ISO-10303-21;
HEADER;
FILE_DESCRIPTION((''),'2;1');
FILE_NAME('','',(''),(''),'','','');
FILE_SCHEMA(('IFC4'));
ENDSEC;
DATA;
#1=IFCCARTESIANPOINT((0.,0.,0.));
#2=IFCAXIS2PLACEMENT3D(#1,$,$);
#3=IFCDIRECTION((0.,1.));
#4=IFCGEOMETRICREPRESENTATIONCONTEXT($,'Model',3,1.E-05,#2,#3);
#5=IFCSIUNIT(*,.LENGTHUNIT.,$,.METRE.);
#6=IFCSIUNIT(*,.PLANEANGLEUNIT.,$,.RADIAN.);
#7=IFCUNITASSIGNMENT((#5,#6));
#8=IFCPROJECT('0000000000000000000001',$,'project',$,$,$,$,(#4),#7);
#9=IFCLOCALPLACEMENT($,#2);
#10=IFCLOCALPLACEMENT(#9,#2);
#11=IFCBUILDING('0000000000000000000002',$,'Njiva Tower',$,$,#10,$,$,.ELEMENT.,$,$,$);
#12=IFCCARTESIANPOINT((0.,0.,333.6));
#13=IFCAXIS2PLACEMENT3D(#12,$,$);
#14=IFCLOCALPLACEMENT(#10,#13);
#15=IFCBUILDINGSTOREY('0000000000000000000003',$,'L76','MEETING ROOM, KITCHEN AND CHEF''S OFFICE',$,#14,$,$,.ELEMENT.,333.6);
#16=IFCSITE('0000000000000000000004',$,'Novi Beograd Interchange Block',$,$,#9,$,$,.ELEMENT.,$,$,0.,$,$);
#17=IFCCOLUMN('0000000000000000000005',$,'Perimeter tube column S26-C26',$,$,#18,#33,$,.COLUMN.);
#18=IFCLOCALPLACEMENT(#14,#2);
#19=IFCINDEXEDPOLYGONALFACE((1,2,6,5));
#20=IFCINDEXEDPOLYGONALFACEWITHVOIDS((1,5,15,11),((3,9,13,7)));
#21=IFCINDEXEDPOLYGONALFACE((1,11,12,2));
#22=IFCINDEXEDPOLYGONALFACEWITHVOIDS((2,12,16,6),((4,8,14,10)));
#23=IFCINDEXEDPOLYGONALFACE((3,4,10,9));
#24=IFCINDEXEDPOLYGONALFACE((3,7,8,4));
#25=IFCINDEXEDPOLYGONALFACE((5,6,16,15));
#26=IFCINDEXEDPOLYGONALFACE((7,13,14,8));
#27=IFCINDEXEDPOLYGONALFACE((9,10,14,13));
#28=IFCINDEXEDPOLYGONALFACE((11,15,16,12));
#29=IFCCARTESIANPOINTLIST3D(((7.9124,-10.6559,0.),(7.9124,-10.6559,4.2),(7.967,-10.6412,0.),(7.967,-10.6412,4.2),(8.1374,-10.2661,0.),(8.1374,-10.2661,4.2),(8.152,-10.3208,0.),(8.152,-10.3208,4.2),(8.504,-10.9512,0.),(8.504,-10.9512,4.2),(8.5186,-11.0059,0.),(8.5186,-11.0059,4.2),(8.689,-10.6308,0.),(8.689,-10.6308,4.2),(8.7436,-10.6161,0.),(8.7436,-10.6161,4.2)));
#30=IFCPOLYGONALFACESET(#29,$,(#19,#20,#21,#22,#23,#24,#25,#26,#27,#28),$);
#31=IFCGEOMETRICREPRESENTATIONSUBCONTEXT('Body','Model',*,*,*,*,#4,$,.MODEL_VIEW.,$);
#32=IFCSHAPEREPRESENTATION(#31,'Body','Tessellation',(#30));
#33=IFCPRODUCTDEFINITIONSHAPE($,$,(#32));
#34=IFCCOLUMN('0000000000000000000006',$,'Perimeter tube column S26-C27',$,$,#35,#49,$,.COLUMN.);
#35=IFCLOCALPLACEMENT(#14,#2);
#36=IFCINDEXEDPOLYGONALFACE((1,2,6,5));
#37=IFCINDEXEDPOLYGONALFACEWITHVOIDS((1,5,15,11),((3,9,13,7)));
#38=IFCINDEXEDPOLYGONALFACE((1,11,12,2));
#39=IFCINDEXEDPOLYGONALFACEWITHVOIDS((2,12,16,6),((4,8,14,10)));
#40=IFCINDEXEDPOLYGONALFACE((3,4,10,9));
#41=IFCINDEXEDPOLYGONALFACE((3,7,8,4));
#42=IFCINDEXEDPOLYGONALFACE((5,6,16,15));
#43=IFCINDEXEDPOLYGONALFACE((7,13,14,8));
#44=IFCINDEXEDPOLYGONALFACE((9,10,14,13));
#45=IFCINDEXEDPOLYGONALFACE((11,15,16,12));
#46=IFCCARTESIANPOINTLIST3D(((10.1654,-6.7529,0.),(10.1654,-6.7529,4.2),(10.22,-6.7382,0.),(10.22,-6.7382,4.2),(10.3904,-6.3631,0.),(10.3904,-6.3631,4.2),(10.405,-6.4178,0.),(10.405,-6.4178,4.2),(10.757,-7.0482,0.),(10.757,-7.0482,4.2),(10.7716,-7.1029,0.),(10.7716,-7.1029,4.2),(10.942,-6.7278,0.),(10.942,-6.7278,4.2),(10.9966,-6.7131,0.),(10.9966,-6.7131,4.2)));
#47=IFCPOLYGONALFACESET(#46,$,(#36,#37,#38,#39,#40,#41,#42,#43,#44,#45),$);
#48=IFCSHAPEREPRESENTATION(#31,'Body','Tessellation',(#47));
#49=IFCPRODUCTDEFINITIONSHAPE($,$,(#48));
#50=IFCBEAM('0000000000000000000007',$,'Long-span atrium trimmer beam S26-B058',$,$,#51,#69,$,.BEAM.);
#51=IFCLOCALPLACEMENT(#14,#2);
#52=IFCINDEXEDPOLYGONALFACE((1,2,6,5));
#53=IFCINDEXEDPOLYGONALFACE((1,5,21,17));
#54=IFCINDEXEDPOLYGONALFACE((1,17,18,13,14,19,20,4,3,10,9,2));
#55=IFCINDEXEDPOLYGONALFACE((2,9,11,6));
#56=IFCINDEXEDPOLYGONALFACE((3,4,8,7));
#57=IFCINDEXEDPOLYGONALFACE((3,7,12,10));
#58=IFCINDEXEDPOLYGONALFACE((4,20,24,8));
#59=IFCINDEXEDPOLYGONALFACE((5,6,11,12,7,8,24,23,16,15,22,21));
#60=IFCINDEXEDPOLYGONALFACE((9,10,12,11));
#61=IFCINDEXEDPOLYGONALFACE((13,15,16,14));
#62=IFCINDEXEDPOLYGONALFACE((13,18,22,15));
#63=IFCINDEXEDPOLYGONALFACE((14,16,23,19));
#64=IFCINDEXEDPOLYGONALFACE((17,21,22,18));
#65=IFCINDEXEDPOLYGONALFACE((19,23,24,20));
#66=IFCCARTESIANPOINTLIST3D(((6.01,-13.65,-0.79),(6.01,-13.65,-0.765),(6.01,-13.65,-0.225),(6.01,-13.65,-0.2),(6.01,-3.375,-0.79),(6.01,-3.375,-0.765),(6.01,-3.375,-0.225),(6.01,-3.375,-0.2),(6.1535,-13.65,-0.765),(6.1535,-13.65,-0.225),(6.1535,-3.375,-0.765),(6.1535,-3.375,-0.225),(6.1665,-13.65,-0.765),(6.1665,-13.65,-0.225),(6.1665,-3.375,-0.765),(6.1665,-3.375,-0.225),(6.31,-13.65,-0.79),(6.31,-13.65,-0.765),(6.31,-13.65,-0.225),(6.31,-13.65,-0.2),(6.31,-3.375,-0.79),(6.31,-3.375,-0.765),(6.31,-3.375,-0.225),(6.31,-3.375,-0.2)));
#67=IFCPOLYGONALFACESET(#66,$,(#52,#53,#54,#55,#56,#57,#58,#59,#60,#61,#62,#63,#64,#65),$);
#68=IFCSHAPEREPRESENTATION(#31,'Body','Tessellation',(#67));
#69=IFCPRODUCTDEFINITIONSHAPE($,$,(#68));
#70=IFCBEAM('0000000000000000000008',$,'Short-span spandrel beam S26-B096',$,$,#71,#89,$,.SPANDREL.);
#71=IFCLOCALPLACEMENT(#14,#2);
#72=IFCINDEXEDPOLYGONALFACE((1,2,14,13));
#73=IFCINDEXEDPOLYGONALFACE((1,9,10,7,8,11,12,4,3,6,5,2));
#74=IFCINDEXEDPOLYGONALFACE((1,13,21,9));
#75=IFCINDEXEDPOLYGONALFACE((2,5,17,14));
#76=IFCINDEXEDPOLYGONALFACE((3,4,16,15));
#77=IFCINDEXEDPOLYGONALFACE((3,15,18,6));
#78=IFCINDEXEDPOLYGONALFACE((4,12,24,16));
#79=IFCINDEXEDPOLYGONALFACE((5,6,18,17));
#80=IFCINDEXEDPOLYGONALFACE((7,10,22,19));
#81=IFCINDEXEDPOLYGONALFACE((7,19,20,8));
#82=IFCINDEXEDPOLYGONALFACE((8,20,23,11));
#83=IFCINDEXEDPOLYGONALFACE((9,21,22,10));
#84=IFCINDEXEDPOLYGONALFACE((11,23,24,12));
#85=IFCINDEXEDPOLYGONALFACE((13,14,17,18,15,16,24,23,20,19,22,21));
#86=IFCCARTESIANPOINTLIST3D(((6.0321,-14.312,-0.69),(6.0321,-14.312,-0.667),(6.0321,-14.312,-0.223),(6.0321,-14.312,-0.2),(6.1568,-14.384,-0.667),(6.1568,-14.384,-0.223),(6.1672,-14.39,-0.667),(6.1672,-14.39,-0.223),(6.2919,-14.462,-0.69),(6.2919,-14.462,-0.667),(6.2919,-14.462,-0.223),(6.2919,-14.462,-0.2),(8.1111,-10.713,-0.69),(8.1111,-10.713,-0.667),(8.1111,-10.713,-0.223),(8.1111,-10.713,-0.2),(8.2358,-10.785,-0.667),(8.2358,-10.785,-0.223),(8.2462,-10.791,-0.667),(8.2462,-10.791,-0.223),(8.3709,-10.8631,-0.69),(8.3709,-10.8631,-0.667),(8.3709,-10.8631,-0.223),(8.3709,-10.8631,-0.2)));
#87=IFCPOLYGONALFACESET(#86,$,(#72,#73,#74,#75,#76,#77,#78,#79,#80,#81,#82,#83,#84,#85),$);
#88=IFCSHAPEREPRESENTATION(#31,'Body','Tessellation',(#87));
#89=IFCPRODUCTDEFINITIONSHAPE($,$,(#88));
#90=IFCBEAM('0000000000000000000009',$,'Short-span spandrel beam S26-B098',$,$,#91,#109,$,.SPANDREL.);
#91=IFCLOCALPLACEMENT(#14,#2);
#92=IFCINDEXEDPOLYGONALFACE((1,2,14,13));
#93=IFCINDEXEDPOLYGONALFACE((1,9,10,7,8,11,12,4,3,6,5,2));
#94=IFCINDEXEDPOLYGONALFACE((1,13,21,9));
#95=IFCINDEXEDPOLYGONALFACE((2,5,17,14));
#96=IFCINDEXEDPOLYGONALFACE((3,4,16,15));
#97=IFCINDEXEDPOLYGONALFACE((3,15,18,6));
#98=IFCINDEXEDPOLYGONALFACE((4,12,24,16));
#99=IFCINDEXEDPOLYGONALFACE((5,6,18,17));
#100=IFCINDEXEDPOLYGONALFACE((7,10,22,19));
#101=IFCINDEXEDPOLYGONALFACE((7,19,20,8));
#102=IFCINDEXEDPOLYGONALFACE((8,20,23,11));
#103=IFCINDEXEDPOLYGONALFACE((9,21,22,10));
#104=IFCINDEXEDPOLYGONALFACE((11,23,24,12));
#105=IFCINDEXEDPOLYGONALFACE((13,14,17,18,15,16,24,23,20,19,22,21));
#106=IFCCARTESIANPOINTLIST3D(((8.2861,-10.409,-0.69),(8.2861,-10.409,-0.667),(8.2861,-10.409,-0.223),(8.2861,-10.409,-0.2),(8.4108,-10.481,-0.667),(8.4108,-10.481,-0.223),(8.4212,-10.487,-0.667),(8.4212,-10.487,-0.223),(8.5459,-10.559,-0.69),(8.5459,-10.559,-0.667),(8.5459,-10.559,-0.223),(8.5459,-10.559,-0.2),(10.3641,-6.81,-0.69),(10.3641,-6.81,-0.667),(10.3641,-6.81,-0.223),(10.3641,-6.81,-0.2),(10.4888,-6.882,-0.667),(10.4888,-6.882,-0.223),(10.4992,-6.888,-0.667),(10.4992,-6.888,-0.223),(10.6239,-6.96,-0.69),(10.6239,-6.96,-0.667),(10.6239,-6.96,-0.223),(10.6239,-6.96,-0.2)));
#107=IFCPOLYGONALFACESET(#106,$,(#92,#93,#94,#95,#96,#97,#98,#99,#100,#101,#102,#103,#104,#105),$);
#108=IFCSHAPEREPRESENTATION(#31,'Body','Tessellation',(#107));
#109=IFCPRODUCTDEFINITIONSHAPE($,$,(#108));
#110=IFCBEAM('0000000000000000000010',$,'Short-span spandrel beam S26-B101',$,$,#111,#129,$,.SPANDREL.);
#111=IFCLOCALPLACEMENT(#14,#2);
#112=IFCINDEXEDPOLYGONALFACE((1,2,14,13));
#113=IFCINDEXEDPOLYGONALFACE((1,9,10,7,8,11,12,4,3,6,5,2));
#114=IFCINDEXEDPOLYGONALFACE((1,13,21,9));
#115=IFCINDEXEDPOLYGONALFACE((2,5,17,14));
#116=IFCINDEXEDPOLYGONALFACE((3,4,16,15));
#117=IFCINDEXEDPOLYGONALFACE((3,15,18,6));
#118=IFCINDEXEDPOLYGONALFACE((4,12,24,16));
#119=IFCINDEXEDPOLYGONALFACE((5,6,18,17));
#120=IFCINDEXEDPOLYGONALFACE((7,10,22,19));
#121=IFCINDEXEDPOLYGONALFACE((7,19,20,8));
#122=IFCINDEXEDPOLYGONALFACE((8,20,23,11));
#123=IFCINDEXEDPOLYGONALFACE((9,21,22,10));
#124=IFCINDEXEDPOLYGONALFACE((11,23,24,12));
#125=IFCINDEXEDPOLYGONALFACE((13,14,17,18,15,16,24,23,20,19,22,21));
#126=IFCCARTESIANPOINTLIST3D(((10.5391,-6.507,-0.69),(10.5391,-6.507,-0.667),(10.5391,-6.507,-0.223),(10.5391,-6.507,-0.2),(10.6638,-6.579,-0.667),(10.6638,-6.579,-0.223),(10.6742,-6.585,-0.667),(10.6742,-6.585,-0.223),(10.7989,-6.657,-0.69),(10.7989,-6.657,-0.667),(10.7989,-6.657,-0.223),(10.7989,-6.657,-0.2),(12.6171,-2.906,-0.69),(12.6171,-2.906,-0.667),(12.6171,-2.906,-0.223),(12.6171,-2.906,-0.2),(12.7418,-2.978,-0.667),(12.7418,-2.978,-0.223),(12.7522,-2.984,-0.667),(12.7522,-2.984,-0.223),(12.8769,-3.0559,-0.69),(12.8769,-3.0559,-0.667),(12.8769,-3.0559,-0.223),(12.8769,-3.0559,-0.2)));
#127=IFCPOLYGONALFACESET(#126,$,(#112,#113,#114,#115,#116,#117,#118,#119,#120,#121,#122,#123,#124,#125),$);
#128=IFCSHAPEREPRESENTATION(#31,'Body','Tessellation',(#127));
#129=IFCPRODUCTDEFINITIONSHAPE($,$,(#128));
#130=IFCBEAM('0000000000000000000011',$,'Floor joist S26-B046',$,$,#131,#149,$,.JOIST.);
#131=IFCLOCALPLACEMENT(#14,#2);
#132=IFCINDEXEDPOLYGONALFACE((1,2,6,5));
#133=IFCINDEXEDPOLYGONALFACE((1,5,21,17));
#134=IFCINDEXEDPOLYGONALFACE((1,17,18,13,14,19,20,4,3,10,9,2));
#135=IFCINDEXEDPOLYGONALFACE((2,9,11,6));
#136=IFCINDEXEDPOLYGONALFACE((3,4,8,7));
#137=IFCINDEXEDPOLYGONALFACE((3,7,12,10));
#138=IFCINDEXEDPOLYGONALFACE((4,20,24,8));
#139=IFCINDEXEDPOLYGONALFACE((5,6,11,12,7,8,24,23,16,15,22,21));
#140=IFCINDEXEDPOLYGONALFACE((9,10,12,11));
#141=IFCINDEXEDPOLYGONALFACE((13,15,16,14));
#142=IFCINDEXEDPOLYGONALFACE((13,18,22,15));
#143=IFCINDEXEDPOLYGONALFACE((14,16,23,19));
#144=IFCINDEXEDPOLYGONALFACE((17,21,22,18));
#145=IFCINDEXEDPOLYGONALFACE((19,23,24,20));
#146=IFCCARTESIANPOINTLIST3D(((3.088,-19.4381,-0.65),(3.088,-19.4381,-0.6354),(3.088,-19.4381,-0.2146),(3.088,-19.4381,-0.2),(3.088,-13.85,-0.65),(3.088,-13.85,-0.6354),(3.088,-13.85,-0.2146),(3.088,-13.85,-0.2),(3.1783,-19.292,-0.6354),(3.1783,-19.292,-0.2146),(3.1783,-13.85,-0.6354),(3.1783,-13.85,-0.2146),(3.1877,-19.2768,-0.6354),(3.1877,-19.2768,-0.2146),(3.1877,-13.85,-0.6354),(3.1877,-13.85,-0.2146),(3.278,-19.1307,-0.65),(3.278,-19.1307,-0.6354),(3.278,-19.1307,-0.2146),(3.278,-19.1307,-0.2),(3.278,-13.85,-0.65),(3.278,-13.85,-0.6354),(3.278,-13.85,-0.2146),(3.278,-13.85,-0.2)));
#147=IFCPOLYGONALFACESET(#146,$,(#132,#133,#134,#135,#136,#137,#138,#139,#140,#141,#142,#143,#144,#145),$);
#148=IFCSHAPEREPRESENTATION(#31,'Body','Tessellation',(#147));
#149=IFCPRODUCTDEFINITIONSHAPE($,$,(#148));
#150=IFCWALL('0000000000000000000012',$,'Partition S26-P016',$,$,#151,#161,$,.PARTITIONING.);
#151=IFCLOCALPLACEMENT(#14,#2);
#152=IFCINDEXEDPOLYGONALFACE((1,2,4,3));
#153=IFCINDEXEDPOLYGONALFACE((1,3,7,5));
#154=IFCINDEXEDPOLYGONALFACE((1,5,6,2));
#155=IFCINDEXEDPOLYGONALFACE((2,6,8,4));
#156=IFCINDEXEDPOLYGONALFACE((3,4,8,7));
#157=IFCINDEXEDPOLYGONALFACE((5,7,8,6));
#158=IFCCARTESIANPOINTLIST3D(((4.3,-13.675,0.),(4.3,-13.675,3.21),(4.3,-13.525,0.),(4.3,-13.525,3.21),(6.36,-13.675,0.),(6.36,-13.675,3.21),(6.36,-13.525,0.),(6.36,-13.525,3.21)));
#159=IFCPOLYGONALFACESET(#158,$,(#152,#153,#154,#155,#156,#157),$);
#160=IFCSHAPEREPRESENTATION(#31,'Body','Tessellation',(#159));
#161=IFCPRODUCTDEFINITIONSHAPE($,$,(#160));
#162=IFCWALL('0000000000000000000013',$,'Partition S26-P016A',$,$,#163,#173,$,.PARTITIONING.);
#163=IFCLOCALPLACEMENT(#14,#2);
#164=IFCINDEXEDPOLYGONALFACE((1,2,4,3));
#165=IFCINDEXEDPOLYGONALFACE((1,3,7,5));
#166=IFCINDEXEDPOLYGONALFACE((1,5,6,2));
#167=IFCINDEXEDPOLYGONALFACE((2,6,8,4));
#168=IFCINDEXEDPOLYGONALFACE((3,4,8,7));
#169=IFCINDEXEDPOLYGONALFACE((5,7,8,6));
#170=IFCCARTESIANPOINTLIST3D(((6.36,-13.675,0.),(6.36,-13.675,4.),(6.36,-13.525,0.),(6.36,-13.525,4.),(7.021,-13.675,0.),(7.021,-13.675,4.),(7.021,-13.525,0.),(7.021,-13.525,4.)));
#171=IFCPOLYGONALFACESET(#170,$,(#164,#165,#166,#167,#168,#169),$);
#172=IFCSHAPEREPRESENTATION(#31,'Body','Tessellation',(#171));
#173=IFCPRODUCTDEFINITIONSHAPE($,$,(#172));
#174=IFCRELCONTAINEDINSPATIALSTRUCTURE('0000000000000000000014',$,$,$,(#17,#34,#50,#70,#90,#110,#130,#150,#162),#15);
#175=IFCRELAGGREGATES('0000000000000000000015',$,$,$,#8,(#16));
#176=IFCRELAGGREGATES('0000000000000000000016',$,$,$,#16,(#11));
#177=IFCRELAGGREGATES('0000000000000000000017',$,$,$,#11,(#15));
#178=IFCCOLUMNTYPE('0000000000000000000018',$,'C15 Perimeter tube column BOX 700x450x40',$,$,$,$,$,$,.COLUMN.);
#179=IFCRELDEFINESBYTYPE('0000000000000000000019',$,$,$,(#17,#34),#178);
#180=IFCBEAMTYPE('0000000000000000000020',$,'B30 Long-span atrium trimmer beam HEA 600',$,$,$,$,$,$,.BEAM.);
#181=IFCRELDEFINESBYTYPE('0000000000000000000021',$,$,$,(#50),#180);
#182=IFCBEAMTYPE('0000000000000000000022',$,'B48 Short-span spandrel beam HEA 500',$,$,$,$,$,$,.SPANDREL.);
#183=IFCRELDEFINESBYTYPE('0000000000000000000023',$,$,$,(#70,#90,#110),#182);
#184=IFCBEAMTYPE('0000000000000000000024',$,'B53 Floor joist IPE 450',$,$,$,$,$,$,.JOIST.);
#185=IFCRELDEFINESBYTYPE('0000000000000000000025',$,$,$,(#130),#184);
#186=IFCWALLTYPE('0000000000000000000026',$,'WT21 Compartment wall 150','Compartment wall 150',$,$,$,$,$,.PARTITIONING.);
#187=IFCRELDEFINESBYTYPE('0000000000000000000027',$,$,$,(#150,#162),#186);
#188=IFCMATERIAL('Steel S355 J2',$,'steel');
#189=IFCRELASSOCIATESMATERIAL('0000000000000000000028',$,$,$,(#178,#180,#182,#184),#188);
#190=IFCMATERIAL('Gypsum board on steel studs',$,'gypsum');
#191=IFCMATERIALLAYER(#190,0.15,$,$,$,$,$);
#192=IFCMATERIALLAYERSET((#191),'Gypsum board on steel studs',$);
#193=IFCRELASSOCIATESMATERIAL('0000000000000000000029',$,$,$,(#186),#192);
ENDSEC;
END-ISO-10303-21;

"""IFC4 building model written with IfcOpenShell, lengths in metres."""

from ifc_helpers import new_model, si_unit, direction, frame, frame_2d, origin, origin_2d, place, context, subcontext, project, spatial, rectangle, hollow_rectangle, i_section, extrude, clip, halfspace, material, layer, layer_set, material_profile, profile_set, type_object, element, save


model = new_model("IFC4")

# Units and contexts
model_context = context("Model", 3, precision=1e-05, world=origin(), true_north=direction((0.0, 1.0)))
body_context = subcontext(model_context, "Body", "Model", "MODEL_VIEW")
ifc_project = project(units=[si_unit("LENGTHUNIT", "METRE"), si_unit("PLANEANGLEUNIT", "RADIAN")], contexts=[model_context])

# Site, building, storey
site_placement = place(None, origin())
site = spatial("IfcSite", under=ifc_project, at=site_placement, Name="Novi Beograd Interchange Block", CompositionType="ELEMENT", RefElevation=0.0)
building_placement = place(site_placement, origin())
building = spatial("IfcBuilding", under=site, at=building_placement, Name="Njiva Tower", CompositionType="ELEMENT")
storey_placement = place(building_placement, frame((0.0, 0.0, 333.6)))
storey = spatial("IfcBuildingStorey", under=building, at=storey_placement, Name="L76", Description="MEETING ROOM, KITCHEN AND CHEF'S OFFICE", CompositionType="ELEMENT", Elevation=333.6)

# Columns
ifc_material_1 = material(Name="Steel S355 J2", Category="steel")
ifc_material_profile_1 = material_profile(ifc_material_1, hollow_rectangle(XDim=0.45, YDim=0.7, WallThickness=0.04, at=origin_2d()), Name="BOX 700x450x40")
ifc_profile_set_1 = profile_set([ifc_material_profile_1], Name="Steel S355 J2")
column_type = type_object("IfcColumnType", Name="C15 Perimeter tube column BOX 700x450x40", PredefinedType="COLUMN", material=ifc_profile_set_1)
for number, where, z_axis, x_axis, name in (
    (1, (8.328, -10.636, 0.0), (0.0, 0.0, 1.0), (0.5, 0.866025, 0.0), "Perimeter tube column S26-C26"),
    (2, (10.581, -6.733, 0.0), (0.0, 0.0, 1.0), (0.5, 0.866025, 0.0), "Perimeter tube column S26-C27"),
):
    element("IfcColumn", number, at=place(storey_placement, frame(where, z_axis=z_axis, x_axis=x_axis)), inside=storey, type_object=column_type, Name=name, PredefinedType="COLUMN", context=body_context, shape_type="SweptSolid", body=[
        extrude(hollow_rectangle(XDim=0.45, YDim=0.7, WallThickness=0.04, at=origin_2d()), origin(), (0.0, 0.0, 1.0), 4.2),
    ])

# Beams
ifc_material_profile_2 = material_profile(ifc_material_1, i_section(OverallWidth=0.3, OverallDepth=0.59, WebThickness=0.013, FlangeThickness=0.025, at=origin_2d()), Name="HEA 600")
ifc_profile_set_2 = profile_set([ifc_material_profile_2], Name="Steel S355 J2")
beam_type_1 = type_object("IfcBeamType", Name="B30 Long-span atrium trimmer beam HEA 600", PredefinedType="BEAM", material=ifc_profile_set_2)
beam_1_placement = place(storey_placement, frame((6.16, -13.65, -0.495), z_axis=(0.0, 1.0, 0.0), x_axis=(-1.0, 0.0, 0.0)))
element("IfcBeam", 3, at=beam_1_placement, inside=storey, type_object=beam_type_1, Name="Long-span atrium trimmer beam S26-B058", PredefinedType="BEAM", context=body_context, shape_type="SweptSolid", body=[
    extrude(i_section(OverallWidth=0.3, OverallDepth=0.59, WebThickness=0.013, FlangeThickness=0.025, at=origin_2d()), origin(), (0.0, 0.0, 1.0), 10.275),
])
ifc_material_profile_3 = material_profile(ifc_material_1, i_section(OverallWidth=0.3, OverallDepth=0.49, WebThickness=0.012, FlangeThickness=0.023, at=origin_2d()), Name="HEA 500")
ifc_profile_set_3 = profile_set([ifc_material_profile_3], Name="Steel S355 J2")
beam_type_2 = type_object("IfcBeamType", Name="B48 Short-span spandrel beam HEA 500", PredefinedType="SPANDREL", material=ifc_profile_set_3)
beam_2_placement = place(storey_placement, frame((6.162, -14.387, -0.445), z_axis=(0.500201, 0.865909, 0.0), x_axis=(-0.865909, 0.500201, 0.0)))
element("IfcBeam", 4, at=beam_2_placement, inside=storey, type_object=beam_type_2, Name="Short-span spandrel beam S26-B096", PredefinedType="SPANDREL", context=body_context, shape_type="SweptSolid", body=[
    extrude(i_section(OverallWidth=0.3, OverallDepth=0.49, WebThickness=0.012, FlangeThickness=0.023, at=origin_2d()), origin(), (0.0, 0.0, 1.0), 4.1563),
])
beam_3_placement = place(storey_placement, frame((8.416, -10.484, -0.445), z_axis=(0.500021, 0.866013, 0.0), x_axis=(-0.866013, 0.500021, 0.0)))
element("IfcBeam", 5, at=beam_3_placement, inside=storey, type_object=beam_type_2, Name="Short-span spandrel beam S26-B098", PredefinedType="SPANDREL", context=body_context, shape_type="SweptSolid", body=[
    extrude(i_section(OverallWidth=0.3, OverallDepth=0.49, WebThickness=0.012, FlangeThickness=0.023, at=origin_2d()), origin(), (0.0, 0.0, 1.0), 4.1558),
])
beam_4_placement = place(storey_placement, frame((10.669, -6.582, -0.445), z_axis=(0.499813, 0.866134, 0.0), x_axis=(-0.866134, 0.499813, 0.0)))
element("IfcBeam", 6, at=beam_4_placement, inside=storey, type_object=beam_type_2, Name="Short-span spandrel beam S26-B101", PredefinedType="SPANDREL", context=body_context, shape_type="SweptSolid", body=[
    extrude(i_section(OverallWidth=0.3, OverallDepth=0.49, WebThickness=0.012, FlangeThickness=0.023, at=origin_2d()), origin(), (0.0, 0.0, 1.0), 4.1576),
])
ifc_material_profile_4 = material_profile(ifc_material_1, i_section(OverallWidth=0.19, OverallDepth=0.45, WebThickness=0.0094, FlangeThickness=0.0146, at=origin_2d()), Name="IPE 450")
ifc_profile_set_4 = profile_set([ifc_material_profile_4], Name="Steel S355 J2")
beam_type_3 = type_object("IfcBeamType", Name="B53 Floor joist IPE 450", PredefinedType="JOIST", material=ifc_profile_set_4)
beam_5_placement = place(storey_placement, frame((3.183, -13.85, -0.425), z_axis=(0.0, -1.0, 0.0), x_axis=(1.0, 0.0, 0.0)))
element("IfcBeam", 7, at=beam_5_placement, inside=storey, type_object=beam_type_3, Name="Floor joist S26-B046", PredefinedType="JOIST", context=body_context, shape_type="Clipping", body=[
    clip(extrude(i_section(OverallWidth=0.19, OverallDepth=0.45, WebThickness=0.0094, FlangeThickness=0.0146, at=origin_2d()), origin(), (0.0, 0.0, 1.0), 5.608), halfspace(frame((0.0429, 0.0, 5.365), z_axis=(0.850616, 0.0, 0.525788), x_axis=(0.0, 1.0, 0.0)), False)),
])

# Walls
ifc_material_2 = material(Name="Gypsum board on steel studs", Category="gypsum")
ifc_layer_1 = layer(ifc_material_2, 0.15)
ifc_layer_set_1 = layer_set([ifc_layer_1], Name="Gypsum board on steel studs")
wall_type_1 = type_object("IfcWallType", Name="WT21 Compartment wall 150", Description="Compartment wall 150", PredefinedType="PARTITIONING", material=ifc_layer_set_1)
wall_1_placement = place(storey_placement, frame((4.3, -13.6, 0.0), z_axis=(0.0, 0.0, 1.0), x_axis=(1.0, 0.0, 0.0)))
element("IfcWall", 8, at=wall_1_placement, inside=storey, type_object=wall_type_1, Name="Partition S26-P016", PredefinedType="PARTITIONING", context=body_context, shape_type="SweptSolid", body=[
    extrude(rectangle(XDim=2.06, YDim=0.15, at=frame_2d((1.03, 0.0))), origin(), (0.0, 0.0, 1.0), 3.21),
])
wall_2_placement = place(storey_placement, frame((6.36, -13.6, 0.0), z_axis=(0.0, 0.0, 1.0), x_axis=(1.0, 0.0, 0.0)))
element("IfcWall", 9, at=wall_2_placement, inside=storey, type_object=wall_type_1, Name="Partition S26-P016A", PredefinedType="PARTITIONING", context=body_context, shape_type="SweptSolid", body=[
    extrude(rectangle(XDim=0.661, YDim=0.15, at=frame_2d((0.3305, 0.0))), origin(), (0.0, 0.0, 1.0), 4.0),
])

save(model, "model.ifc")
